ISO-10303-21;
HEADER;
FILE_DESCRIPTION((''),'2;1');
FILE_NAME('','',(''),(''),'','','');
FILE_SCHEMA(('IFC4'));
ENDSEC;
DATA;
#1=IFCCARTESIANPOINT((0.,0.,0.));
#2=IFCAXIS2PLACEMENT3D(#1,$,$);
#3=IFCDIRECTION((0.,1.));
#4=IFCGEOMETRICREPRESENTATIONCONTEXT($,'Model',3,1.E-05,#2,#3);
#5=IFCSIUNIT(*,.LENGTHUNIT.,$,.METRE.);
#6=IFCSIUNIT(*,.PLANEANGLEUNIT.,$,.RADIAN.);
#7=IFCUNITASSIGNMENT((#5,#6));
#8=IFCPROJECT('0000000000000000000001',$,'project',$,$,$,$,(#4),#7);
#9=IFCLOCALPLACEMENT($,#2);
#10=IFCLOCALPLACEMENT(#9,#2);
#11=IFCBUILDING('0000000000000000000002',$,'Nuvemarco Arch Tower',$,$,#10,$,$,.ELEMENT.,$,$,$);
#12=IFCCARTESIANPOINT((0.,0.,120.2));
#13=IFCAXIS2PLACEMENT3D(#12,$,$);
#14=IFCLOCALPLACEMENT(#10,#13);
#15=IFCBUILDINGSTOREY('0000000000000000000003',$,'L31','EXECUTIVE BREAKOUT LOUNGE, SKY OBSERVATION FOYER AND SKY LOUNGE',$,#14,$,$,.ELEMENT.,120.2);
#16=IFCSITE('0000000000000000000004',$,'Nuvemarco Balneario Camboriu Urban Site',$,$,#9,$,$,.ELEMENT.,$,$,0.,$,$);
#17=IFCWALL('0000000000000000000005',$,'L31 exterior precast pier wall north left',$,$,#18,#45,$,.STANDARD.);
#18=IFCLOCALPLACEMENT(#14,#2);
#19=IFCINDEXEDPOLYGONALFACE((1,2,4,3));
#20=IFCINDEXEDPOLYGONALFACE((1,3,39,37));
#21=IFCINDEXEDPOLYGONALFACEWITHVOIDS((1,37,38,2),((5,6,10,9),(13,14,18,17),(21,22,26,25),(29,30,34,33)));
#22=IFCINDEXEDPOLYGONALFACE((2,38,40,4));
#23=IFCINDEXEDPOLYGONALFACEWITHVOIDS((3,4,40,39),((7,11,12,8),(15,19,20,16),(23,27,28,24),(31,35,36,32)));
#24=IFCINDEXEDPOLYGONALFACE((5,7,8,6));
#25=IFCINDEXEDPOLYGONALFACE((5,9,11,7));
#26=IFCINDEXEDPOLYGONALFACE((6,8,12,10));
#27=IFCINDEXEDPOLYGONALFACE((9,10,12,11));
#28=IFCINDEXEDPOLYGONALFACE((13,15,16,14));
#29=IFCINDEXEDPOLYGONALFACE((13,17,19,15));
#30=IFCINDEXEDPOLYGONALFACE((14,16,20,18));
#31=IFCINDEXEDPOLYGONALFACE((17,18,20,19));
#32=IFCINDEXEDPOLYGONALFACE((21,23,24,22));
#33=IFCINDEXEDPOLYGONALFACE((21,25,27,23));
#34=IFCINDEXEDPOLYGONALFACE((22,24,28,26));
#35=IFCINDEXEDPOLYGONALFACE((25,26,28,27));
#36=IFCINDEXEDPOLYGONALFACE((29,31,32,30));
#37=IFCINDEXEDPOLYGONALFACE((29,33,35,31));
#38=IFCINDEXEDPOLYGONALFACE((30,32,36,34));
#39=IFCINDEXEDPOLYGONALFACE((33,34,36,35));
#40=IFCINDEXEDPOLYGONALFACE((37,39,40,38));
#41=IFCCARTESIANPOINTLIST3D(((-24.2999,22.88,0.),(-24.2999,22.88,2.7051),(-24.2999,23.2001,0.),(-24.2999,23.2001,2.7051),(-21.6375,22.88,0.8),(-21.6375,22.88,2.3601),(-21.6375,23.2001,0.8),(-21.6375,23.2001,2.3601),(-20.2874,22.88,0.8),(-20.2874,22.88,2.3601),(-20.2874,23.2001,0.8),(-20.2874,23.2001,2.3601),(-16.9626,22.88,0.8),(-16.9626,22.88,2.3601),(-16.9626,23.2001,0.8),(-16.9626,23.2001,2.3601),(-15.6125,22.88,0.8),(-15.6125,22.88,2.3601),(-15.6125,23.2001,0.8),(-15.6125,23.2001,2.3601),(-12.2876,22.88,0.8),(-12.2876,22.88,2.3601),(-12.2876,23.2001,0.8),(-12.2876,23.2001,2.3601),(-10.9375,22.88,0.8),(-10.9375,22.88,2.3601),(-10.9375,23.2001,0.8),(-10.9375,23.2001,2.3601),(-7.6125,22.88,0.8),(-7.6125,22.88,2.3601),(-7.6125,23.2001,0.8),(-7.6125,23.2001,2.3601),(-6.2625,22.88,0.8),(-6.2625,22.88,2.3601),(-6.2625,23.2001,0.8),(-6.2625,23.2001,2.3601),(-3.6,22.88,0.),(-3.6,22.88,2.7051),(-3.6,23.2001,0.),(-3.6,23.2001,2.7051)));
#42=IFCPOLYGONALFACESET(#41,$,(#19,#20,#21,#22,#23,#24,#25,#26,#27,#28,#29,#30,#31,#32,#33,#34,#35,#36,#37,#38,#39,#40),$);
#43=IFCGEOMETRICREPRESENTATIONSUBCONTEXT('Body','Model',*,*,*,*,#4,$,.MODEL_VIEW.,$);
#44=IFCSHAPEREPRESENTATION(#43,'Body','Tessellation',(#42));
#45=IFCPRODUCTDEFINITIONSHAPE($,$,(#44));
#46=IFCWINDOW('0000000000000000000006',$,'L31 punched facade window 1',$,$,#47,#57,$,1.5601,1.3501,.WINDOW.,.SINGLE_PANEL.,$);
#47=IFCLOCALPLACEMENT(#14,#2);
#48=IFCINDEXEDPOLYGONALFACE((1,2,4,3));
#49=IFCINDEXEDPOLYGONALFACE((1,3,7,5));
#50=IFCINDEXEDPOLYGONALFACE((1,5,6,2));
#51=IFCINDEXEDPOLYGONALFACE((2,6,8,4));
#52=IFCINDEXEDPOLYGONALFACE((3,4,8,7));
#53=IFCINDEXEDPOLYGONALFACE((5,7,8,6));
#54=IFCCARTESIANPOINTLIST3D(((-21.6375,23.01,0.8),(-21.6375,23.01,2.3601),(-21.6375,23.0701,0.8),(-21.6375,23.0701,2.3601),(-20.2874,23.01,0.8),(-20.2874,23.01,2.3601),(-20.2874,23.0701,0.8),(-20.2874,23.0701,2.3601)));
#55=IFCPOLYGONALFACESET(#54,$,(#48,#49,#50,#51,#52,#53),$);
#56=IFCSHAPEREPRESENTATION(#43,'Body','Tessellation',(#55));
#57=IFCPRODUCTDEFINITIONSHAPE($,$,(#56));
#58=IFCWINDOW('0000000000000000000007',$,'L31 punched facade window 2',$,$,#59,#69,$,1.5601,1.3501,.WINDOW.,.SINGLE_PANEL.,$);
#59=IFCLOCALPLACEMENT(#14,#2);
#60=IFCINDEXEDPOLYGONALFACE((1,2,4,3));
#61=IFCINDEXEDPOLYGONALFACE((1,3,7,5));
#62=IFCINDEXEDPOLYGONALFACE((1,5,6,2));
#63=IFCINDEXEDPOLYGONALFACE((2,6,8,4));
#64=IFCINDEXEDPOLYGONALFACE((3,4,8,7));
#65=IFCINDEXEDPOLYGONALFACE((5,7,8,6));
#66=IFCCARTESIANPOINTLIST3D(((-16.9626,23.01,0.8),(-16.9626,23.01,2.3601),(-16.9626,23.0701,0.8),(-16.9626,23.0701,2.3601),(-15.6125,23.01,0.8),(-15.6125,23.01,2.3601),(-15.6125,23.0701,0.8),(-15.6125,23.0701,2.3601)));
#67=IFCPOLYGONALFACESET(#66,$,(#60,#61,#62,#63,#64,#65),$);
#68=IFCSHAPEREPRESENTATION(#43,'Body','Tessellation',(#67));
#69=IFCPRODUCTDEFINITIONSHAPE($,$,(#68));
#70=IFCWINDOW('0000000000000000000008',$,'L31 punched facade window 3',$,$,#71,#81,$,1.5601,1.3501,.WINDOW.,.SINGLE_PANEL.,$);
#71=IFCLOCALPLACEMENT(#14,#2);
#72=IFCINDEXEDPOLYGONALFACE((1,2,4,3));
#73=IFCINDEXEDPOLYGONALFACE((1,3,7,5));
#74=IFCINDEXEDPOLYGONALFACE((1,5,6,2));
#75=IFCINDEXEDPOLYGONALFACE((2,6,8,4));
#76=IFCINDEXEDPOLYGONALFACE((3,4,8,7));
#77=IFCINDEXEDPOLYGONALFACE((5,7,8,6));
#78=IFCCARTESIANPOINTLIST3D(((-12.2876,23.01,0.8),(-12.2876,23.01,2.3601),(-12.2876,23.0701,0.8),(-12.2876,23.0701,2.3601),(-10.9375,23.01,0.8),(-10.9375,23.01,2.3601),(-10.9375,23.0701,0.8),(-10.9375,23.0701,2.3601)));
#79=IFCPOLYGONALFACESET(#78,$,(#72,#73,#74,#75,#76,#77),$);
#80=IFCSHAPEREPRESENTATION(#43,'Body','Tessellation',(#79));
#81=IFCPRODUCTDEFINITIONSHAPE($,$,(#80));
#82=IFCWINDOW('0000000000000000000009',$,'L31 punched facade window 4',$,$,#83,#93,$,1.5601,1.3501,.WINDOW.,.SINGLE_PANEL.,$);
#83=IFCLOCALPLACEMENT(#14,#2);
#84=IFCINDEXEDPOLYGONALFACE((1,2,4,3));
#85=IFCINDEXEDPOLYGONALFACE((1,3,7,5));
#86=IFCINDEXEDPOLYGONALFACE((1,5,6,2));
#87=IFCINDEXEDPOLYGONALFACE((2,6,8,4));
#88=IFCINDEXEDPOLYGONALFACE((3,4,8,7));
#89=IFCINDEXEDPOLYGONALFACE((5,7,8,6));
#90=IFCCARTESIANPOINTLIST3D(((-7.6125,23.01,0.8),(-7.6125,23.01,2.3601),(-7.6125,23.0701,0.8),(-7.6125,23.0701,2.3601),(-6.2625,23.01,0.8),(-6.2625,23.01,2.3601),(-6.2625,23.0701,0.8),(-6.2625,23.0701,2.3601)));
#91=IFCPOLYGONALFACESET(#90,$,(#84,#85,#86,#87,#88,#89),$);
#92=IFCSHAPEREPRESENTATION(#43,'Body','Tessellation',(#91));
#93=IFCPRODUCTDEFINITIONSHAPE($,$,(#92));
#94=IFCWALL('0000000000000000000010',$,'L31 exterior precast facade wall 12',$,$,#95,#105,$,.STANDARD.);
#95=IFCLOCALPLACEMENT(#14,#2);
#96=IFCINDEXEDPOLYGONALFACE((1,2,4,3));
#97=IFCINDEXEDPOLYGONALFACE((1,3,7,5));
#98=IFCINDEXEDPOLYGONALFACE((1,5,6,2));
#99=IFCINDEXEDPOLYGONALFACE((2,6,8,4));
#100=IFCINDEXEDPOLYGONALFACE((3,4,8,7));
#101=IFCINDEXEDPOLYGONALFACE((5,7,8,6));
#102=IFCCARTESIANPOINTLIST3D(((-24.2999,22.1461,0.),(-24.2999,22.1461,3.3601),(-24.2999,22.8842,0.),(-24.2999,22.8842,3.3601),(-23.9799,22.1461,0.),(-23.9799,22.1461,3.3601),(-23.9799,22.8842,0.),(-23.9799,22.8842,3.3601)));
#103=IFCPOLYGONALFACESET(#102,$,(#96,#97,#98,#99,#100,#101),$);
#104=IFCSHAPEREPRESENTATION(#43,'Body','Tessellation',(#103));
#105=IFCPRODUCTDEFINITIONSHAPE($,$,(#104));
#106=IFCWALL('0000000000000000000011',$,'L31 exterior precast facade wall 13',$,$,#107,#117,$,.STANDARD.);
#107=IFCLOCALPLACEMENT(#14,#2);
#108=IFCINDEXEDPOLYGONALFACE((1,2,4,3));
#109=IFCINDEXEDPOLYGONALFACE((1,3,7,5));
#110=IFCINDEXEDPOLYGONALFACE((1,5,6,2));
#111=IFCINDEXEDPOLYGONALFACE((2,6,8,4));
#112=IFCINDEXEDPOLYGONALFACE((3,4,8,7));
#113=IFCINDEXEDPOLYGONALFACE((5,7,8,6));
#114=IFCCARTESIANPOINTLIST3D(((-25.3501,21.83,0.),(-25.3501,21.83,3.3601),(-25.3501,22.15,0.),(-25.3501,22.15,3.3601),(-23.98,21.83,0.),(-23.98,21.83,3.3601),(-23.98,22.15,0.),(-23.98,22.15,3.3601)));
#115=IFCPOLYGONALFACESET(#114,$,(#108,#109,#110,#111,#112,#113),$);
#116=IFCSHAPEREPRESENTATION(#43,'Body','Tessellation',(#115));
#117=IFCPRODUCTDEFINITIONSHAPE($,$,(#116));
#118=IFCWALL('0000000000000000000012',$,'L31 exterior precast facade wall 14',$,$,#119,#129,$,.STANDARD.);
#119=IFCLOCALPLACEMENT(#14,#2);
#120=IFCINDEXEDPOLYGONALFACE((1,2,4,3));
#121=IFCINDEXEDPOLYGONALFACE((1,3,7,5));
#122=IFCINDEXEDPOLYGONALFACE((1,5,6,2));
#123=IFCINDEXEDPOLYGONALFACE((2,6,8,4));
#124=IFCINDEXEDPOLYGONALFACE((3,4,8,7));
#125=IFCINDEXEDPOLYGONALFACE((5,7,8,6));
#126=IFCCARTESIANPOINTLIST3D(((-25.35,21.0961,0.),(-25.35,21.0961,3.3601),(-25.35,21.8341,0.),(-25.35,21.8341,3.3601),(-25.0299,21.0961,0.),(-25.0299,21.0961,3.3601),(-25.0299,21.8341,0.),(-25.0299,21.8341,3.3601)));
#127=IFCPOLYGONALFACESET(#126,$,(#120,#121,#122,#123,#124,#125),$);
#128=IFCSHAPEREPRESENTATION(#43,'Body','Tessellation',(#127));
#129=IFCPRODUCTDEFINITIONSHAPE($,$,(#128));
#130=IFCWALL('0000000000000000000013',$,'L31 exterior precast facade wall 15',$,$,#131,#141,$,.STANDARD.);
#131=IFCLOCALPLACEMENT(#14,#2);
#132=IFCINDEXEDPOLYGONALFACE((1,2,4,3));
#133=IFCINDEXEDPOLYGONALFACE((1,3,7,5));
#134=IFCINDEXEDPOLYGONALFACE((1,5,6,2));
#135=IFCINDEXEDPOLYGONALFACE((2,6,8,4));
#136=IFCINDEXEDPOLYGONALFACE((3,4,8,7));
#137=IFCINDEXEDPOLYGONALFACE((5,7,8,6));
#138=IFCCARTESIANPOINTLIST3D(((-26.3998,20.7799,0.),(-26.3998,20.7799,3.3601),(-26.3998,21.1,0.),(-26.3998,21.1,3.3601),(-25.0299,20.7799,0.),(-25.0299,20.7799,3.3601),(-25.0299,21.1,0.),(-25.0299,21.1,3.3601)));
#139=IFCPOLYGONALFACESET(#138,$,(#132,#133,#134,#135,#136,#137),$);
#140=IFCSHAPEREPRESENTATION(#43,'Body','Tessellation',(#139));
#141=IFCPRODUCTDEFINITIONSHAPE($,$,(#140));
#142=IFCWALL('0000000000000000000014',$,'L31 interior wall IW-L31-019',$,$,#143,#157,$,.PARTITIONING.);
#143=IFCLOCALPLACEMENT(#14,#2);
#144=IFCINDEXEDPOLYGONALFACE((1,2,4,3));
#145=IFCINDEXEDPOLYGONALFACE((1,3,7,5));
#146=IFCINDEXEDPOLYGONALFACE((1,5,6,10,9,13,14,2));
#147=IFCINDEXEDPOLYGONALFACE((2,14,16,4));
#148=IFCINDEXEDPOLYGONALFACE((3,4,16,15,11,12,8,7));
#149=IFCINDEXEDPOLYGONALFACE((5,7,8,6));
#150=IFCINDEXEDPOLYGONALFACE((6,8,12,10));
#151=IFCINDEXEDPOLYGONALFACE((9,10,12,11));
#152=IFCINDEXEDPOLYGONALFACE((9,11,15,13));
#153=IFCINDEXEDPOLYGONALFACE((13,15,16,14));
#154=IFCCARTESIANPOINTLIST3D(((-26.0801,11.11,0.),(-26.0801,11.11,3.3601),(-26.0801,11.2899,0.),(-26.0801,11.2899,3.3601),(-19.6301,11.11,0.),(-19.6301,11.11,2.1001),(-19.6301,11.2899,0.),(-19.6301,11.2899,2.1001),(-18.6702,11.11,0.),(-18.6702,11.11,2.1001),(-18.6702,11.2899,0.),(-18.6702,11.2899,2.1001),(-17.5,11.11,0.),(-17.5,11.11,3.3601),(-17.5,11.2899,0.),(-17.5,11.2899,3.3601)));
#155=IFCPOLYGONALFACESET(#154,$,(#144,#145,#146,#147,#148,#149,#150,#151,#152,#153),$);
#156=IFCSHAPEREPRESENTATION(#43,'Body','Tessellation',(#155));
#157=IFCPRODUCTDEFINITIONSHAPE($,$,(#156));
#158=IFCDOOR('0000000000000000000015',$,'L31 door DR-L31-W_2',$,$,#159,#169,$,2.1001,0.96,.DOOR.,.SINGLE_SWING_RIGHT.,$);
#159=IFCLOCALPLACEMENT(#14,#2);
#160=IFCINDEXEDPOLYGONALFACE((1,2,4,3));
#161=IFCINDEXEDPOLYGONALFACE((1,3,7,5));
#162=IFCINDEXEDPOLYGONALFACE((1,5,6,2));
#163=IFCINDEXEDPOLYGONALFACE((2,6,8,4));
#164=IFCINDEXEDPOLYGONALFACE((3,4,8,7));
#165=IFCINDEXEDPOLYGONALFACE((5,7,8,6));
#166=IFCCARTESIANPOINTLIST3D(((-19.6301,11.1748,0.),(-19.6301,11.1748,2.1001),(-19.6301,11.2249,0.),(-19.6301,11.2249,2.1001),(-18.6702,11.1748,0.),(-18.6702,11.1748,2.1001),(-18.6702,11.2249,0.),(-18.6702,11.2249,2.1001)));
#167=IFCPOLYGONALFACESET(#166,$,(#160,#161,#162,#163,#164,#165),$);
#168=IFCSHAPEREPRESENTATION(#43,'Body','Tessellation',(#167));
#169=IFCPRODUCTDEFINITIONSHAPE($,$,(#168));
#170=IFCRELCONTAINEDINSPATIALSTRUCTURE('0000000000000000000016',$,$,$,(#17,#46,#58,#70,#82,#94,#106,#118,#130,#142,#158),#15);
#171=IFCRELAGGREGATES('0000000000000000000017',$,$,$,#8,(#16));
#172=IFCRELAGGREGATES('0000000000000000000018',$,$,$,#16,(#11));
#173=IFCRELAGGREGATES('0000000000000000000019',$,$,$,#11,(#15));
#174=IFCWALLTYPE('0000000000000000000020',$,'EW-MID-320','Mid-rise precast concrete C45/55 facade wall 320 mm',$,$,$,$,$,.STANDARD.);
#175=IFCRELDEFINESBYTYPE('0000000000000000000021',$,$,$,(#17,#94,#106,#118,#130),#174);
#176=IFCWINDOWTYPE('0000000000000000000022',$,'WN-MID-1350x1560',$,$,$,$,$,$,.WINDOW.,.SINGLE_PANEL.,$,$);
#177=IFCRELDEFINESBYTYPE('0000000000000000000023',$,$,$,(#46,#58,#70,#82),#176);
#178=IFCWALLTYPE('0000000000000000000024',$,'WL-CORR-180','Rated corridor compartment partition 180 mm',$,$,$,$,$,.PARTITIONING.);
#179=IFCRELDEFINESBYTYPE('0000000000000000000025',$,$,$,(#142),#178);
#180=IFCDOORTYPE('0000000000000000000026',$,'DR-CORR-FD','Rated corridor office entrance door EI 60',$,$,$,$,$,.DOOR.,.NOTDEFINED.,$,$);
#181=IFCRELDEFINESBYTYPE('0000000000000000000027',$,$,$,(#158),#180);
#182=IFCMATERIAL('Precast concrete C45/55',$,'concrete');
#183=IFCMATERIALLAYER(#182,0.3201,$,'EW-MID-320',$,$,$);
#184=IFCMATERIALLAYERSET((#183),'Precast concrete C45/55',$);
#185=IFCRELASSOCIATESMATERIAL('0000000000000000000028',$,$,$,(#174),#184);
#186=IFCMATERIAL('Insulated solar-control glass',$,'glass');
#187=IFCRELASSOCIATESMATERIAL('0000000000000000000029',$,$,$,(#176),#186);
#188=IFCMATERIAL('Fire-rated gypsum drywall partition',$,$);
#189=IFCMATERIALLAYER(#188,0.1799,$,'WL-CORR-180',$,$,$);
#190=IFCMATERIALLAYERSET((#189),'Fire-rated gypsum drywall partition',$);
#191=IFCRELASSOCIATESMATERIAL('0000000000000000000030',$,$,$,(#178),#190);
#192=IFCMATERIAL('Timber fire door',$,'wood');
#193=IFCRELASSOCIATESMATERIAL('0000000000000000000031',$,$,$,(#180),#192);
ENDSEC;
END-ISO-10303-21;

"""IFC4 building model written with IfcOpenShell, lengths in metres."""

from ifc_helpers import new_model, si_unit, direction, frame, frame_2d, origin, place, context, subcontext, project, spatial, rectangle, extrude, source, transform, mapped, material, layer, layer_set, type_object, type_shapes, element, fill, save


model = new_model("IFC4")

# Units and contexts
model_context = context("Model", 3, precision=1e-05, world=origin(), true_north=direction((0.0, 1.0)))
body_context = subcontext(model_context, "Body", "Model", "MODEL_VIEW")
ifc_project = project(units=[si_unit("LENGTHUNIT", "METRE"), si_unit("PLANEANGLEUNIT", "RADIAN")], contexts=[model_context])

# Site, building, storey
site_placement = place(None, origin())
site = spatial("IfcSite", under=ifc_project, at=site_placement, Name="Nuvemarco Balneario Camboriu Urban Site", CompositionType="ELEMENT", RefElevation=0.0)
building_placement = place(site_placement, origin())
building = spatial("IfcBuilding", under=site, at=building_placement, Name="Nuvemarco Arch Tower", CompositionType="ELEMENT")
storey_placement = place(building_placement, frame((0.0, 0.0, 120.2)))
storey = spatial("IfcBuildingStorey", under=building, at=storey_placement, Name="L31", Description="EXECUTIVE BREAKOUT LOUNGE, SKY OBSERVATION FOYER AND SKY LOUNGE", CompositionType="ELEMENT", Elevation=120.2)

# Wall, openings, windows
ifc_material_1 = material(Name="Precast concrete C45/55", Category="concrete")
ifc_layer_1 = layer(ifc_material_1, 0.3201, Name="EW-MID-320")
ifc_layer_set_1 = layer_set([ifc_layer_1], Name="Precast concrete C45/55")
wall_type_1 = type_object("IfcWallType", Name="EW-MID-320", Description="Mid-rise precast concrete C45/55 facade wall 320 mm", PredefinedType="STANDARD", material=ifc_layer_set_1)
wall_1_placement = place(storey_placement, frame((-24.3, 23.04, 0.0), z_axis=(0.0, 0.0, 1.0), x_axis=(1.0, 0.0, 0.0)))
wall_1 = element("IfcWall", 1, at=wall_1_placement, inside=storey, type_object=wall_type_1, Name="L31 exterior precast pier wall north left", PredefinedType="STANDARD", context=body_context, shape_type="SweptSolid", body=[
    extrude(rectangle(XDim=20.7, YDim=0.3201, at=frame_2d((10.3501, 0.0))), origin(), (0.0, 0.0, 1.0), 2.7051),
])
opening_1_placement = place(wall_1_placement, frame((2.6626, 0.0, 0.8)))
opening_1 = element("IfcOpeningElement", 2, at=opening_1_placement, cuts=wall_1, PredefinedType="OPENING", context=body_context, shape_type="SweptSolid", body=[
    extrude(rectangle(XDim=1.3501, YDim=1.5601, at=frame_2d((0.675, 0.78))), frame((0.0, 0.1699, 0.0), z_axis=(0.0, -1.0, 0.0), x_axis=(1.0, 0.0, 0.0)), (0.0, 0.0, 1.0), 0.3401),
])
opening_2_placement = place(wall_1_placement, frame((7.3374, 0.0, 0.8)))
opening_2 = element("IfcOpeningElement", 3, at=opening_2_placement, cuts=wall_1, PredefinedType="OPENING", context=body_context, shape_type="SweptSolid", body=[
    extrude(rectangle(XDim=1.3501, YDim=1.5601, at=frame_2d((0.675, 0.78))), frame((0.0, 0.1699, 0.0), z_axis=(0.0, -1.0, 0.0), x_axis=(1.0, 0.0, 0.0)), (0.0, 0.0, 1.0), 0.3401),
])
opening_3_placement = place(wall_1_placement, frame((12.0125, 0.0, 0.8)))
opening_3 = element("IfcOpeningElement", 4, at=opening_3_placement, cuts=wall_1, PredefinedType="OPENING", context=body_context, shape_type="SweptSolid", body=[
    extrude(rectangle(XDim=1.3501, YDim=1.5601, at=frame_2d((0.675, 0.78))), frame((0.0, 0.1699, 0.0), z_axis=(0.0, -1.0, 0.0), x_axis=(1.0, 0.0, 0.0)), (0.0, 0.0, 1.0), 0.3401),
])
opening_4_placement = place(wall_1_placement, frame((16.6875, 0.0, 0.8)))
opening_4 = element("IfcOpeningElement", 5, at=opening_4_placement, cuts=wall_1, PredefinedType="OPENING", context=body_context, shape_type="SweptSolid", body=[
    extrude(rectangle(XDim=1.3501, YDim=1.5601, at=frame_2d((0.675, 0.78))), frame((0.0, 0.1699, 0.0), z_axis=(0.0, -1.0, 0.0), x_axis=(1.0, 0.0, 0.0)), (0.0, 0.0, 1.0), 0.3401),
])
ifc_material_2 = material(Name="Insulated solar-control glass", Category="glass")
window_type = type_object("IfcWindowType", Name="WN-MID-1350x1560", PartitioningType="SINGLE_PANEL", PredefinedType="WINDOW", material=ifc_material_2)
shared_shape_1 = source(origin(), body_context, "Body", "SweptSolid", [
    extrude(rectangle(XDim=1.3501, YDim=1.5601, at=frame_2d((0.675, 0.78))), frame((0.0, 0.03, 0.0), z_axis=(0.0, -1.0, 0.0), x_axis=(1.0, 0.0, 0.0)), (0.0, 0.0, 1.0), 0.0601),
])
type_shapes(window_type, [shared_shape_1])
window_1_placement = place(opening_1_placement, origin())
window_1 = element("IfcWindow", 6, at=window_1_placement, inside=storey, type_object=window_type, Name="L31 punched facade window 1", OverallHeight=1.5601, OverallWidth=1.3501, PartitioningType="SINGLE_PANEL", PredefinedType="WINDOW", context=body_context, shape_type="MappedRepresentation", body=[
    mapped(shared_shape_1, transform((0.0, 0.0, 0.0), scale=1.0)),
])
fill(opening_1, window_1)
window_2_placement = place(opening_2_placement, origin())
window_2 = element("IfcWindow", 7, at=window_2_placement, inside=storey, type_object=window_type, Name="L31 punched facade window 2", OverallHeight=1.5601, OverallWidth=1.3501, PartitioningType="SINGLE_PANEL", PredefinedType="WINDOW", context=body_context, shape_type="MappedRepresentation", body=[
    mapped(shared_shape_1, transform((0.0, 0.0, 0.0), scale=1.0)),
])
fill(opening_2, window_2)
window_3_placement = place(opening_3_placement, origin())
window_3 = element("IfcWindow", 8, at=window_3_placement, inside=storey, type_object=window_type, Name="L31 punched facade window 3", OverallHeight=1.5601, OverallWidth=1.3501, PartitioningType="SINGLE_PANEL", PredefinedType="WINDOW", context=body_context, shape_type="MappedRepresentation", body=[
    mapped(shared_shape_1, transform((0.0, 0.0, 0.0), scale=1.0)),
])
fill(opening_3, window_3)
window_4_placement = place(opening_4_placement, origin())
window_4 = element("IfcWindow", 9, at=window_4_placement, inside=storey, type_object=window_type, Name="L31 punched facade window 4", OverallHeight=1.5601, OverallWidth=1.3501, PartitioningType="SINGLE_PANEL", PredefinedType="WINDOW", context=body_context, shape_type="MappedRepresentation", body=[
    mapped(shared_shape_1, transform((0.0, 0.0, 0.0), scale=1.0)),
])
fill(opening_4, window_4)

# Walls
wall_2_placement = place(storey_placement, frame((-24.1399, 22.146, 0.0), z_axis=(0.0, 0.0, 1.0), x_axis=(0.0, 1.0, 0.0)))
element("IfcWall", 10, at=wall_2_placement, inside=storey, type_object=wall_type_1, Name="L31 exterior precast facade wall 12", PredefinedType="STANDARD", context=body_context, shape_type="SweptSolid", body=[
    extrude(rectangle(XDim=0.738, YDim=0.3201, at=frame_2d((0.3691, 0.0))), origin(), (0.0, 0.0, 1.0), 3.3601),
])
wall_3_placement = place(storey_placement, frame((-25.3501, 21.99, 0.0), z_axis=(0.0, 0.0, 1.0), x_axis=(1.0, 0.0, 0.0)))
element("IfcWall", 11, at=wall_3_placement, inside=storey, type_object=wall_type_1, Name="L31 exterior precast facade wall 13", PredefinedType="STANDARD", context=body_context, shape_type="SweptSolid", body=[
    extrude(rectangle(XDim=1.3701, YDim=0.3201, at=frame_2d((0.6851, 0.0))), origin(), (0.0, 0.0, 1.0), 3.3601),
])
wall_4_placement = place(storey_placement, frame((-25.1899, 21.0959, 0.0), z_axis=(0.0, 0.0, 1.0), x_axis=(0.0, 1.0, 0.0)))
element("IfcWall", 12, at=wall_4_placement, inside=storey, type_object=wall_type_1, Name="L31 exterior precast facade wall 14", PredefinedType="STANDARD", context=body_context, shape_type="SweptSolid", body=[
    extrude(rectangle(XDim=0.738, YDim=0.3201, at=frame_2d((0.3691, 0.0))), origin(), (0.0, 0.0, 1.0), 3.3601),
])
wall_5_placement = place(storey_placement, frame((-26.3999, 20.9399, 0.0), z_axis=(0.0, 0.0, 1.0), x_axis=(1.0, 0.0, 0.0)))
element("IfcWall", 13, at=wall_5_placement, inside=storey, type_object=wall_type_1, Name="L31 exterior precast facade wall 15", PredefinedType="STANDARD", context=body_context, shape_type="SweptSolid", body=[
    extrude(rectangle(XDim=1.3699, YDim=0.3201, at=frame_2d((0.6851, 0.0))), origin(), (0.0, 0.0, 1.0), 3.3601),
])

# Wall, opening, door
ifc_material_3 = material(Name="Fire-rated gypsum drywall partition")
ifc_layer_2 = layer(ifc_material_3, 0.1799, Name="WL-CORR-180")
ifc_layer_set_2 = layer_set([ifc_layer_2], Name="Fire-rated gypsum drywall partition")
wall_type_2 = type_object("IfcWallType", Name="WL-CORR-180", Description="Rated corridor compartment partition 180 mm", PredefinedType="PARTITIONING", material=ifc_layer_set_2)
wall_6_placement = place(storey_placement, frame((-26.0801, 11.2, 0.0), z_axis=(0.0, 0.0, 1.0), x_axis=(1.0, 0.0, 0.0)))
wall_6 = element("IfcWall", 14, at=wall_6_placement, inside=storey, type_object=wall_type_2, Name="L31 interior wall IW-L31-019", PredefinedType="PARTITIONING", context=body_context, shape_type="SweptSolid", body=[
    extrude(rectangle(XDim=8.5801, YDim=0.1799, at=frame_2d((4.29, 0.0))), origin(), (0.0, 0.0, 1.0), 3.3601),
])
opening_5_placement = place(wall_6_placement, frame((6.45, 0.0, 0.0)))
opening_5 = element("IfcOpeningElement", 15, at=opening_5_placement, cuts=wall_6, PredefinedType="OPENING", context=body_context, shape_type="SweptSolid", body=[
    extrude(rectangle(XDim=0.96, YDim=2.1001, at=frame_2d((0.48, 1.05))), frame((0.0, 0.0999, 0.0), z_axis=(0.0, -1.0, 0.0), x_axis=(1.0, 0.0, 0.0)), (0.0, 0.0, 1.0), 0.2),
])
ifc_material_4 = material(Name="Timber fire door", Category="wood")
door_type = type_object("IfcDoorType", Name="DR-CORR-FD", Description="Rated corridor office entrance door EI 60", OperationType="NOTDEFINED", PredefinedType="DOOR", material=ifc_material_4)
shared_shape_2 = source(origin(), body_context, "Body", "SweptSolid", [
    extrude(rectangle(XDim=0.96, YDim=2.1001, at=frame_2d((0.48, 1.05))), frame((0.0, 0.0249, 0.0), z_axis=(0.0, -1.0, 0.0), x_axis=(1.0, 0.0, 0.0)), (0.0, 0.0, 1.0), 0.05),
])
type_shapes(door_type, [shared_shape_2])
door_placement = place(opening_5_placement, origin())
door = element("IfcDoor", 16, at=door_placement, inside=storey, type_object=door_type, Name="L31 door DR-L31-W_2", OperationType="SINGLE_SWING_RIGHT", OverallHeight=2.1001, OverallWidth=0.96, PredefinedType="DOOR", context=body_context, shape_type="MappedRepresentation", body=[
    mapped(shared_shape_2, transform((0.0, 0.0, 0.0), scale=1.0)),
])
fill(opening_5, door)

save(model, "model.ifc")
